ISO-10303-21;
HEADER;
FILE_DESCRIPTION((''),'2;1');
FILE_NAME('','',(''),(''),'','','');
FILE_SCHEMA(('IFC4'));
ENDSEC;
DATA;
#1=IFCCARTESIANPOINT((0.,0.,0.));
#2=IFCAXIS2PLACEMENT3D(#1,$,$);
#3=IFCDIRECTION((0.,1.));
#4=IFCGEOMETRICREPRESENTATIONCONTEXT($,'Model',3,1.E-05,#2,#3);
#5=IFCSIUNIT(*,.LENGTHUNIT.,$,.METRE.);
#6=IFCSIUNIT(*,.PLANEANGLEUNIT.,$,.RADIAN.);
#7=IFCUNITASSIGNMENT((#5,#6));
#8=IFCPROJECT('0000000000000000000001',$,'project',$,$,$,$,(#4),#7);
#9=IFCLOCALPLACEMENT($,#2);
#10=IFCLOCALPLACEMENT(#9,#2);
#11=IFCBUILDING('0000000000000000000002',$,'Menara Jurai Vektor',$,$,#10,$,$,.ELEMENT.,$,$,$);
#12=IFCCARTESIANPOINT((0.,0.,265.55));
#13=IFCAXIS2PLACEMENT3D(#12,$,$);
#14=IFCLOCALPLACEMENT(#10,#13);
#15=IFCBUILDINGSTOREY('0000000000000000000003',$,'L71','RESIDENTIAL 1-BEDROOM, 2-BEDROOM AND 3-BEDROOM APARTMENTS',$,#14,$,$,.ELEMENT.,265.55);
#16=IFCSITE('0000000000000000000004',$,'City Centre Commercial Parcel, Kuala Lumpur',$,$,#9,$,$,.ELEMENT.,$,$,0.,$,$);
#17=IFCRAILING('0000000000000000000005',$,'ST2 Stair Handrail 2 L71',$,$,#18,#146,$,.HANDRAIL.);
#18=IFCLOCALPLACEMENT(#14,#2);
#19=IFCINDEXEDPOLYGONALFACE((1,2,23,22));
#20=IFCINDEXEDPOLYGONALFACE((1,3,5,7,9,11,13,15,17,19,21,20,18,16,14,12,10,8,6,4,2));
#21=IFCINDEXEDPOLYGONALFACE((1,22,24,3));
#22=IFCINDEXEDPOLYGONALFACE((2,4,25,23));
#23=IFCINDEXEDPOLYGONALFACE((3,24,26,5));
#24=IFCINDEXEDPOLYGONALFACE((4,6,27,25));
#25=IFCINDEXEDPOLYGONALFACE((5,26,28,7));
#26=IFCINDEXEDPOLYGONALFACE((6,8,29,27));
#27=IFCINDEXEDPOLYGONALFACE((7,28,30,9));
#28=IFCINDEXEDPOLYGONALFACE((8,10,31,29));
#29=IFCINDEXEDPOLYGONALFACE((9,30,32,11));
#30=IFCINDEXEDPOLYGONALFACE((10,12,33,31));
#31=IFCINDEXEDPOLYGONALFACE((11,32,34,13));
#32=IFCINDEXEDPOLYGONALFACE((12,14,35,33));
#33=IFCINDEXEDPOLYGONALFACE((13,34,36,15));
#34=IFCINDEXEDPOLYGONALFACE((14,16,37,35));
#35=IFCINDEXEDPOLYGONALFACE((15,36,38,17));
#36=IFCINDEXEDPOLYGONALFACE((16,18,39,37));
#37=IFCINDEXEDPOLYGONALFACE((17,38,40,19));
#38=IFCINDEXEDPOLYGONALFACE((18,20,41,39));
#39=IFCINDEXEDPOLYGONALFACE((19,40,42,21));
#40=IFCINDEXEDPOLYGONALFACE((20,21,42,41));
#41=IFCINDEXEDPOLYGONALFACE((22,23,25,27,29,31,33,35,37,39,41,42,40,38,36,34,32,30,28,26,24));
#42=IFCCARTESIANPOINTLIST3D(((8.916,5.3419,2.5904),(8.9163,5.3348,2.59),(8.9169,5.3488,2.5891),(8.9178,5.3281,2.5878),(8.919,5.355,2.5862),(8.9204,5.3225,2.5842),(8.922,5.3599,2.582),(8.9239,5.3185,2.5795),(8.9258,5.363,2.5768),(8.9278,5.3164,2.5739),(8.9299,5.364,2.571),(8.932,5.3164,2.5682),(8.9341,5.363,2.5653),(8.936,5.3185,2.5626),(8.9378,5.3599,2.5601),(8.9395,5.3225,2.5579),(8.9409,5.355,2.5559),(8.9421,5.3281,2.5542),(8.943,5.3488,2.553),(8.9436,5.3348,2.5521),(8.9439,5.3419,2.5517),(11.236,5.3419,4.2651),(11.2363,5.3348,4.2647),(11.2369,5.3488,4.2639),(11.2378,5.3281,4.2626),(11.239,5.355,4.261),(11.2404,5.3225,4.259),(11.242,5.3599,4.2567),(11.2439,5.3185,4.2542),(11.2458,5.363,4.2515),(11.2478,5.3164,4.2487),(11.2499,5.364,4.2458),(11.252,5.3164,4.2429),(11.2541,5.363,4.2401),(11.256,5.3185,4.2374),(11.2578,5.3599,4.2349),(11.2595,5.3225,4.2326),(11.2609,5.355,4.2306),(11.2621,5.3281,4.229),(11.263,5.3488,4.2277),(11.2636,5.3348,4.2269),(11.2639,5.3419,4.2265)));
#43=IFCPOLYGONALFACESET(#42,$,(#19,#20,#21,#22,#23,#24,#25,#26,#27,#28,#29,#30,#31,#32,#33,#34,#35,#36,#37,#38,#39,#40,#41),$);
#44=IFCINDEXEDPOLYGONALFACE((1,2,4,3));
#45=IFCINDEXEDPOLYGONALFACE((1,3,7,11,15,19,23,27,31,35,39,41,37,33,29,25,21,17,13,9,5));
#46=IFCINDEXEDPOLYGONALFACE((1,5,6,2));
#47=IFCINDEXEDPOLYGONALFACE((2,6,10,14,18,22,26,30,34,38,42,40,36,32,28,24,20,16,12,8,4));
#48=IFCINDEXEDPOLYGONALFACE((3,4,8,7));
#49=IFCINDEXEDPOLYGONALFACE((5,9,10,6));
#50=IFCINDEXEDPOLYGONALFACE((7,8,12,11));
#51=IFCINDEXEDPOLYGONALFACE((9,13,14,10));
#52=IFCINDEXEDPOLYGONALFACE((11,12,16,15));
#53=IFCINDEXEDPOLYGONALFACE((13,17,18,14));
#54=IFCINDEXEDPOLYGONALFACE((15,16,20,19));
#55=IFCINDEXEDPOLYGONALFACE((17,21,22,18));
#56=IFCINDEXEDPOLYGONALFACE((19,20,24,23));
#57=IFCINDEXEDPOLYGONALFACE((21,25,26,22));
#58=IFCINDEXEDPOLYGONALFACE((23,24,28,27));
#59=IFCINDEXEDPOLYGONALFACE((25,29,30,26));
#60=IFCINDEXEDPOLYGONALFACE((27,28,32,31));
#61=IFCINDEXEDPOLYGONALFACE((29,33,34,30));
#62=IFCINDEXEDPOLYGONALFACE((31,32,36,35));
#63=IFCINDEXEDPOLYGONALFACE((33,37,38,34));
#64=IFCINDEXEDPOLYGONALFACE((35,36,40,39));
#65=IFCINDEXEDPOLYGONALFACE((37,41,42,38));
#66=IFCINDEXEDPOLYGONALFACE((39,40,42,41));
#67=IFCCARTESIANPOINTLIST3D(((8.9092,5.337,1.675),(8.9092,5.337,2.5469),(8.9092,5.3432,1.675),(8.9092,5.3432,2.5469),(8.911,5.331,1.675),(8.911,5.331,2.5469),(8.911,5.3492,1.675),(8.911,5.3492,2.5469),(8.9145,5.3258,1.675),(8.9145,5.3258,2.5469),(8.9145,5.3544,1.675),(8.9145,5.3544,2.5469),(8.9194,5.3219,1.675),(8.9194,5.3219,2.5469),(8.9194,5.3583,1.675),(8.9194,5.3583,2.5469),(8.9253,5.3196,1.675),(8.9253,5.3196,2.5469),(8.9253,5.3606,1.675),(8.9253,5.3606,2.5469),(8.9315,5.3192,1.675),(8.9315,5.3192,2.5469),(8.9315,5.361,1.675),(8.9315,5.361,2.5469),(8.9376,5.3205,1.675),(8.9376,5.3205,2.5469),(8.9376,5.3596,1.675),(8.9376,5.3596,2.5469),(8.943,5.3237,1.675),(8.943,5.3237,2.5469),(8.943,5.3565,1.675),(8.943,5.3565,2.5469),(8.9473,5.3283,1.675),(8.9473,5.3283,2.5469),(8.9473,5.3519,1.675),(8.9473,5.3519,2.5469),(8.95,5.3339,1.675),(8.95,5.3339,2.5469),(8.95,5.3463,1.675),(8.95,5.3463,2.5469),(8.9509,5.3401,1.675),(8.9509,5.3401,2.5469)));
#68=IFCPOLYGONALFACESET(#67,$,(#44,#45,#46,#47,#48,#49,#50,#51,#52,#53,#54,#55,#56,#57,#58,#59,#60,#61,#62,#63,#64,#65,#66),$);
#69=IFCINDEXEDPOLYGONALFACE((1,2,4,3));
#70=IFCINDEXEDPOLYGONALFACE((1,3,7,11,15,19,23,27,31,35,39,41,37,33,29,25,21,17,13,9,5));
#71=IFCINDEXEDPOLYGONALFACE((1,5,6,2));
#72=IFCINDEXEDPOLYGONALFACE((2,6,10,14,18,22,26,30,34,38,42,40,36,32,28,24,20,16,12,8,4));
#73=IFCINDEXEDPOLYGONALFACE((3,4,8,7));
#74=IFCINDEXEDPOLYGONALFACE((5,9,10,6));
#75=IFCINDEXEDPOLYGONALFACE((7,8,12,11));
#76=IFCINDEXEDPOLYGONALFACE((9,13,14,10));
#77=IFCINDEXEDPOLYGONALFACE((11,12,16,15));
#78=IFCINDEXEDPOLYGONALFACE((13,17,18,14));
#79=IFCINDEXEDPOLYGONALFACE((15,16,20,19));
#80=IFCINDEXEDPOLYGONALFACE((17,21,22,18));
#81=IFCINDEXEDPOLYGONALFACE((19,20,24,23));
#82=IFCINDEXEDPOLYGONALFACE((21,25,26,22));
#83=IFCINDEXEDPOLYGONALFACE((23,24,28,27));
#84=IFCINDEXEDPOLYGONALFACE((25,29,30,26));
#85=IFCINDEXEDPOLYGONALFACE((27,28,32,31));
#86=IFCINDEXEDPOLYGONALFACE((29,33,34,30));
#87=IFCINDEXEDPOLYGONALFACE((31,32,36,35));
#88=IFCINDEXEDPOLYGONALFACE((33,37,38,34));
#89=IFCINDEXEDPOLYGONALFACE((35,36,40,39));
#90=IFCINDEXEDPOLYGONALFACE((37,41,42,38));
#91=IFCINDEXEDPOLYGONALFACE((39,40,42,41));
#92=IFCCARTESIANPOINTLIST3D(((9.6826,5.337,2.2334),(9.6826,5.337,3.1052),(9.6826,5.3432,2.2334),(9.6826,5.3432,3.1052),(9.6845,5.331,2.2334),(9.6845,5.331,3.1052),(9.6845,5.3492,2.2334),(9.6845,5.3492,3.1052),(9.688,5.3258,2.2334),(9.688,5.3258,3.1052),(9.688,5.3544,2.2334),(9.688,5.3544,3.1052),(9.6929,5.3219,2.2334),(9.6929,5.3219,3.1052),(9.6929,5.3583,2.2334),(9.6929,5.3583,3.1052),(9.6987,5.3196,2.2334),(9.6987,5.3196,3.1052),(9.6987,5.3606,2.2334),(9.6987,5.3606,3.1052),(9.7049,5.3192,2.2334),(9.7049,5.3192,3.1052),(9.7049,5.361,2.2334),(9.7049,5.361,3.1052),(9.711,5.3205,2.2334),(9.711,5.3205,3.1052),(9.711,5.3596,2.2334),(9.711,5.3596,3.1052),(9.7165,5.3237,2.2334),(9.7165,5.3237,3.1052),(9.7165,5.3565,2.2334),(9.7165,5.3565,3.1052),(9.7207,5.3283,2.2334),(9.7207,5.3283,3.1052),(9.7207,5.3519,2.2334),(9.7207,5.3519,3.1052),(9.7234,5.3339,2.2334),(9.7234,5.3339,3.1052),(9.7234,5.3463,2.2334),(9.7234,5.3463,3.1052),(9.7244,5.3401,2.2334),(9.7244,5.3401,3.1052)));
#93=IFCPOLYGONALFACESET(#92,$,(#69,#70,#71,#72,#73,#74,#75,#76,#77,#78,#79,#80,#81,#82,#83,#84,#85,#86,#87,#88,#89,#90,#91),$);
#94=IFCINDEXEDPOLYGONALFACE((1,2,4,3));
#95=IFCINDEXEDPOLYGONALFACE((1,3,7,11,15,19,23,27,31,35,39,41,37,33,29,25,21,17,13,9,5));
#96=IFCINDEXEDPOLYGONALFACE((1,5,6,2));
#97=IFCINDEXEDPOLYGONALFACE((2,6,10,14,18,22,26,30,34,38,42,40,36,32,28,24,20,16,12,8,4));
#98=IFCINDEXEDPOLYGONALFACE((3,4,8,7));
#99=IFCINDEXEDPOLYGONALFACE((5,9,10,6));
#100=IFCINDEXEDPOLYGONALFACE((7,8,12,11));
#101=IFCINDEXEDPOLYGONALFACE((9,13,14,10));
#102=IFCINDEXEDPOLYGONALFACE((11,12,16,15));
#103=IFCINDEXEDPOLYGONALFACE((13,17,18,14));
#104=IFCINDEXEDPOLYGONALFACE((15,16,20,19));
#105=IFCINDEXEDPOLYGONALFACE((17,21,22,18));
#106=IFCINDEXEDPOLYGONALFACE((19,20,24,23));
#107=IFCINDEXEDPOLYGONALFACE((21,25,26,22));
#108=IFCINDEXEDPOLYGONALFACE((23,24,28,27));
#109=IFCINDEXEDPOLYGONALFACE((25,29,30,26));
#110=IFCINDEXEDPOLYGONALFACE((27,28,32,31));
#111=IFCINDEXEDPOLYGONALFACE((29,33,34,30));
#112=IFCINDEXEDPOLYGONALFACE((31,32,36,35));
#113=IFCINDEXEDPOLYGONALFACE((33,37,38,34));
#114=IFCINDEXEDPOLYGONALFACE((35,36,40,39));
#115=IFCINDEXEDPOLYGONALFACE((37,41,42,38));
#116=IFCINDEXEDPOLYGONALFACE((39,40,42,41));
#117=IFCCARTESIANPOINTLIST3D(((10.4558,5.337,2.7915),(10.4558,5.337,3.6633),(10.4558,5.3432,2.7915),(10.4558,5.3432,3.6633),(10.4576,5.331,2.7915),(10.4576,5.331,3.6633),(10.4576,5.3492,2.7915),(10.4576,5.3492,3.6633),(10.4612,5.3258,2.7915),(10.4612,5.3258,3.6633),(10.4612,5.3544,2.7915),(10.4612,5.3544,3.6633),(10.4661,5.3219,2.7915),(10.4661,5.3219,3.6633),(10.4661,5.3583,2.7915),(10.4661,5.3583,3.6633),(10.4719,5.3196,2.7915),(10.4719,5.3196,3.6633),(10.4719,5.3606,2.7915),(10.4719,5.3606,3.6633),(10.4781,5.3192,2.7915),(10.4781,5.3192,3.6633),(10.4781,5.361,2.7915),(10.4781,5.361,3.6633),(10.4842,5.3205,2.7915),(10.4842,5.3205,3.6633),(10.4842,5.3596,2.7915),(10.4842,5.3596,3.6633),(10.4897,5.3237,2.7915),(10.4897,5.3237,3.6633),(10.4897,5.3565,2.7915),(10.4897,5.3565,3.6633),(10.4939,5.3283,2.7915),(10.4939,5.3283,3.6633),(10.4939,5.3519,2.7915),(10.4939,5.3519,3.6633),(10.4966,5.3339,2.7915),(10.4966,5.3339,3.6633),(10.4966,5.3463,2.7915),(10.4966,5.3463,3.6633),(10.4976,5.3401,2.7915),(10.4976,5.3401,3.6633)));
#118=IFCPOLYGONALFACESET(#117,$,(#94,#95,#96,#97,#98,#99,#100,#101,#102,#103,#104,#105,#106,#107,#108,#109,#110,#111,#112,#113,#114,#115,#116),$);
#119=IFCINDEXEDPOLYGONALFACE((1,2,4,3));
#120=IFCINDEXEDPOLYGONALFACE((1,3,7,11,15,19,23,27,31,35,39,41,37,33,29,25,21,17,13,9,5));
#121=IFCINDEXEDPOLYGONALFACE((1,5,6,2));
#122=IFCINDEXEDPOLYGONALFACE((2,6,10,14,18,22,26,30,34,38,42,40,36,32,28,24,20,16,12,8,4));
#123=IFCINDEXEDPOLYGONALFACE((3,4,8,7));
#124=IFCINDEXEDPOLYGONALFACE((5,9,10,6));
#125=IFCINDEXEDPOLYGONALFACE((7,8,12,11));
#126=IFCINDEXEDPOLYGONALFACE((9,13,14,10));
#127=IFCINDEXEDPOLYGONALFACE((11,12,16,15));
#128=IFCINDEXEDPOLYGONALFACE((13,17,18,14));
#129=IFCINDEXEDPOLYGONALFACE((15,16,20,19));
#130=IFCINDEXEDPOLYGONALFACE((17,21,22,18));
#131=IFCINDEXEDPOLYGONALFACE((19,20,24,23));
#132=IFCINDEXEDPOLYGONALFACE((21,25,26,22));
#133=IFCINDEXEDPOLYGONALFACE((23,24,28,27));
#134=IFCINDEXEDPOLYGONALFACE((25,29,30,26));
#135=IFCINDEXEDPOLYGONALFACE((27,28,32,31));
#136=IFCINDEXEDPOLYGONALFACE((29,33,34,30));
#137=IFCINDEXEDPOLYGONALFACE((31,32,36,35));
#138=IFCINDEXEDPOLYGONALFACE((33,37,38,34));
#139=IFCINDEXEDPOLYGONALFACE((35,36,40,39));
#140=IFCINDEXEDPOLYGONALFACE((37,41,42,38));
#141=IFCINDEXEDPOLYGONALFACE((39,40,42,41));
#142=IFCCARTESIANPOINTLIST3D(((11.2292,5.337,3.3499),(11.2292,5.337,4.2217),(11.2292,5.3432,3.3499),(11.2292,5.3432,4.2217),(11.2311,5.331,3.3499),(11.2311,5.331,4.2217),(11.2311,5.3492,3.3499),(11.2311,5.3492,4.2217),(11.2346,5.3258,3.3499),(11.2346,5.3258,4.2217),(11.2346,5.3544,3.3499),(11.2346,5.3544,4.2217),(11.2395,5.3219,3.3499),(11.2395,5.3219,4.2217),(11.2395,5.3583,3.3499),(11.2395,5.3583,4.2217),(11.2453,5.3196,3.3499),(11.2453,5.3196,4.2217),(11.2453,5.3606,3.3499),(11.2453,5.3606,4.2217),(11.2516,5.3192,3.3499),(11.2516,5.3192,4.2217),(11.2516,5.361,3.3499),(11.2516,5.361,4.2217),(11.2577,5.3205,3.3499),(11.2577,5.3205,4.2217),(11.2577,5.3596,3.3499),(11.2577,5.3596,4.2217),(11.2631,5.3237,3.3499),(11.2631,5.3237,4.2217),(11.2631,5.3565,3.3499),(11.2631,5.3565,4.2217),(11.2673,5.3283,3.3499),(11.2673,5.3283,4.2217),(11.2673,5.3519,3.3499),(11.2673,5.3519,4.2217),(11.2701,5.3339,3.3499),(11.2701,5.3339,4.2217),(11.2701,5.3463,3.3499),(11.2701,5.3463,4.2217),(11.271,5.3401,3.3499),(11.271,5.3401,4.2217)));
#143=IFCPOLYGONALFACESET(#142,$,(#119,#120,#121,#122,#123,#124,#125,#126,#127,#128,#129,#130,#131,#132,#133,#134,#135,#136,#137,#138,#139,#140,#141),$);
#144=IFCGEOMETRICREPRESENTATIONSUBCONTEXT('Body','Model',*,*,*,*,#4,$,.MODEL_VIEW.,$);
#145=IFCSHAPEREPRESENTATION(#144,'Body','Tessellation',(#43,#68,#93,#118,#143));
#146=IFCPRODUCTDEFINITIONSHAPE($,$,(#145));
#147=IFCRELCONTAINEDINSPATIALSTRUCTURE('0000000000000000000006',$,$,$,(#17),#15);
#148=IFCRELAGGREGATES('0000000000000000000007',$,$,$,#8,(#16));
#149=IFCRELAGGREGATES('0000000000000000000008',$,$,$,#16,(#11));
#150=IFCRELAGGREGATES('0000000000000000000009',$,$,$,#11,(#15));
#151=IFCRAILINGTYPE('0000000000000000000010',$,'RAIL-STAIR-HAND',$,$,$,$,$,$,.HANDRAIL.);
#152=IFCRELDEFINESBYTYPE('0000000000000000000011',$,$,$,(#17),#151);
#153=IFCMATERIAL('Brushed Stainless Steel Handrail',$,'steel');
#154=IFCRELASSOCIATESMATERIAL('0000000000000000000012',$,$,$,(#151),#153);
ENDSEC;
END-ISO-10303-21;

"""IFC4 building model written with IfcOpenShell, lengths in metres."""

from ifc_helpers import new_model, si_unit, direction, frame, origin, origin_2d, place, context, subcontext, project, spatial, circle, extrude, material, type_object, element, save


model = new_model("IFC4")

# Units and contexts
model_context = context("Model", 3, precision=1e-05, world=origin(), true_north=direction((0.0, 1.0)))
body_context = subcontext(model_context, "Body", "Model", "MODEL_VIEW")
ifc_project = project(units=[si_unit("LENGTHUNIT", "METRE"), si_unit("PLANEANGLEUNIT", "RADIAN")], contexts=[model_context])

# Site, building, storey
site_placement = place(None, origin())
site = spatial("IfcSite", under=ifc_project, at=site_placement, Name="City Centre Commercial Parcel, Kuala Lumpur", CompositionType="ELEMENT", RefElevation=0.0)
building_placement = place(site_placement, origin())
building = spatial("IfcBuilding", under=site, at=building_placement, Name="Menara Jurai Vektor", CompositionType="ELEMENT")
storey_placement = place(building_placement, frame((0.0, 0.0, 265.55)))
storey = spatial("IfcBuildingStorey", under=building, at=storey_placement, Name="L71", Description="RESIDENTIAL 1-BEDROOM, 2-BEDROOM AND 3-BEDROOM APARTMENTS", CompositionType="ELEMENT", Elevation=265.55)

# Railing
ifc_material_1 = material(Name="Brushed Stainless Steel Handrail", Category="steel")
railing_type_1 = type_object("IfcRailingType", Name="RAIL-STAIR-HAND", PredefinedType="HANDRAIL", material=ifc_material_1)
railing_1_placement = place(storey_placement, frame((8.9299, 5.3401, 1.675)))
element("IfcRailing", 1, at=railing_1_placement, inside=storey, type_object=railing_type_1, Name="ST2 Stair Handrail 2 L71", PredefinedType="HANDRAIL", context=body_context, shape_type="SweptSolid", body=[
    extrude(circle(Radius=0.0239, at=origin_2d()), frame((0.0, 0.0, 0.896), z_axis=(0.810812, 0.0, 0.585307), x_axis=(0.0, 1.0, 0.0)), (0.0, 0.0, 1.0), 2.8613),
    extrude(circle(Radius=0.021, at=origin_2d()), origin(), (0.0, 0.0, 1.0), 0.8718),
    extrude(circle(Radius=0.021, at=origin_2d()), frame((0.7734, 0.0, 0.5583)), (0.0, 0.0, 1.0), 0.8718),
    extrude(circle(Radius=0.021, at=origin_2d()), frame((1.5466, 0.0, 1.1165)), (0.0, 0.0, 1.0), 0.8718),
    extrude(circle(Radius=0.021, at=origin_2d()), frame((2.3201, 0.0, 1.6748)), (0.0, 0.0, 1.0), 0.8718),
])

save(model, "model.ifc")
